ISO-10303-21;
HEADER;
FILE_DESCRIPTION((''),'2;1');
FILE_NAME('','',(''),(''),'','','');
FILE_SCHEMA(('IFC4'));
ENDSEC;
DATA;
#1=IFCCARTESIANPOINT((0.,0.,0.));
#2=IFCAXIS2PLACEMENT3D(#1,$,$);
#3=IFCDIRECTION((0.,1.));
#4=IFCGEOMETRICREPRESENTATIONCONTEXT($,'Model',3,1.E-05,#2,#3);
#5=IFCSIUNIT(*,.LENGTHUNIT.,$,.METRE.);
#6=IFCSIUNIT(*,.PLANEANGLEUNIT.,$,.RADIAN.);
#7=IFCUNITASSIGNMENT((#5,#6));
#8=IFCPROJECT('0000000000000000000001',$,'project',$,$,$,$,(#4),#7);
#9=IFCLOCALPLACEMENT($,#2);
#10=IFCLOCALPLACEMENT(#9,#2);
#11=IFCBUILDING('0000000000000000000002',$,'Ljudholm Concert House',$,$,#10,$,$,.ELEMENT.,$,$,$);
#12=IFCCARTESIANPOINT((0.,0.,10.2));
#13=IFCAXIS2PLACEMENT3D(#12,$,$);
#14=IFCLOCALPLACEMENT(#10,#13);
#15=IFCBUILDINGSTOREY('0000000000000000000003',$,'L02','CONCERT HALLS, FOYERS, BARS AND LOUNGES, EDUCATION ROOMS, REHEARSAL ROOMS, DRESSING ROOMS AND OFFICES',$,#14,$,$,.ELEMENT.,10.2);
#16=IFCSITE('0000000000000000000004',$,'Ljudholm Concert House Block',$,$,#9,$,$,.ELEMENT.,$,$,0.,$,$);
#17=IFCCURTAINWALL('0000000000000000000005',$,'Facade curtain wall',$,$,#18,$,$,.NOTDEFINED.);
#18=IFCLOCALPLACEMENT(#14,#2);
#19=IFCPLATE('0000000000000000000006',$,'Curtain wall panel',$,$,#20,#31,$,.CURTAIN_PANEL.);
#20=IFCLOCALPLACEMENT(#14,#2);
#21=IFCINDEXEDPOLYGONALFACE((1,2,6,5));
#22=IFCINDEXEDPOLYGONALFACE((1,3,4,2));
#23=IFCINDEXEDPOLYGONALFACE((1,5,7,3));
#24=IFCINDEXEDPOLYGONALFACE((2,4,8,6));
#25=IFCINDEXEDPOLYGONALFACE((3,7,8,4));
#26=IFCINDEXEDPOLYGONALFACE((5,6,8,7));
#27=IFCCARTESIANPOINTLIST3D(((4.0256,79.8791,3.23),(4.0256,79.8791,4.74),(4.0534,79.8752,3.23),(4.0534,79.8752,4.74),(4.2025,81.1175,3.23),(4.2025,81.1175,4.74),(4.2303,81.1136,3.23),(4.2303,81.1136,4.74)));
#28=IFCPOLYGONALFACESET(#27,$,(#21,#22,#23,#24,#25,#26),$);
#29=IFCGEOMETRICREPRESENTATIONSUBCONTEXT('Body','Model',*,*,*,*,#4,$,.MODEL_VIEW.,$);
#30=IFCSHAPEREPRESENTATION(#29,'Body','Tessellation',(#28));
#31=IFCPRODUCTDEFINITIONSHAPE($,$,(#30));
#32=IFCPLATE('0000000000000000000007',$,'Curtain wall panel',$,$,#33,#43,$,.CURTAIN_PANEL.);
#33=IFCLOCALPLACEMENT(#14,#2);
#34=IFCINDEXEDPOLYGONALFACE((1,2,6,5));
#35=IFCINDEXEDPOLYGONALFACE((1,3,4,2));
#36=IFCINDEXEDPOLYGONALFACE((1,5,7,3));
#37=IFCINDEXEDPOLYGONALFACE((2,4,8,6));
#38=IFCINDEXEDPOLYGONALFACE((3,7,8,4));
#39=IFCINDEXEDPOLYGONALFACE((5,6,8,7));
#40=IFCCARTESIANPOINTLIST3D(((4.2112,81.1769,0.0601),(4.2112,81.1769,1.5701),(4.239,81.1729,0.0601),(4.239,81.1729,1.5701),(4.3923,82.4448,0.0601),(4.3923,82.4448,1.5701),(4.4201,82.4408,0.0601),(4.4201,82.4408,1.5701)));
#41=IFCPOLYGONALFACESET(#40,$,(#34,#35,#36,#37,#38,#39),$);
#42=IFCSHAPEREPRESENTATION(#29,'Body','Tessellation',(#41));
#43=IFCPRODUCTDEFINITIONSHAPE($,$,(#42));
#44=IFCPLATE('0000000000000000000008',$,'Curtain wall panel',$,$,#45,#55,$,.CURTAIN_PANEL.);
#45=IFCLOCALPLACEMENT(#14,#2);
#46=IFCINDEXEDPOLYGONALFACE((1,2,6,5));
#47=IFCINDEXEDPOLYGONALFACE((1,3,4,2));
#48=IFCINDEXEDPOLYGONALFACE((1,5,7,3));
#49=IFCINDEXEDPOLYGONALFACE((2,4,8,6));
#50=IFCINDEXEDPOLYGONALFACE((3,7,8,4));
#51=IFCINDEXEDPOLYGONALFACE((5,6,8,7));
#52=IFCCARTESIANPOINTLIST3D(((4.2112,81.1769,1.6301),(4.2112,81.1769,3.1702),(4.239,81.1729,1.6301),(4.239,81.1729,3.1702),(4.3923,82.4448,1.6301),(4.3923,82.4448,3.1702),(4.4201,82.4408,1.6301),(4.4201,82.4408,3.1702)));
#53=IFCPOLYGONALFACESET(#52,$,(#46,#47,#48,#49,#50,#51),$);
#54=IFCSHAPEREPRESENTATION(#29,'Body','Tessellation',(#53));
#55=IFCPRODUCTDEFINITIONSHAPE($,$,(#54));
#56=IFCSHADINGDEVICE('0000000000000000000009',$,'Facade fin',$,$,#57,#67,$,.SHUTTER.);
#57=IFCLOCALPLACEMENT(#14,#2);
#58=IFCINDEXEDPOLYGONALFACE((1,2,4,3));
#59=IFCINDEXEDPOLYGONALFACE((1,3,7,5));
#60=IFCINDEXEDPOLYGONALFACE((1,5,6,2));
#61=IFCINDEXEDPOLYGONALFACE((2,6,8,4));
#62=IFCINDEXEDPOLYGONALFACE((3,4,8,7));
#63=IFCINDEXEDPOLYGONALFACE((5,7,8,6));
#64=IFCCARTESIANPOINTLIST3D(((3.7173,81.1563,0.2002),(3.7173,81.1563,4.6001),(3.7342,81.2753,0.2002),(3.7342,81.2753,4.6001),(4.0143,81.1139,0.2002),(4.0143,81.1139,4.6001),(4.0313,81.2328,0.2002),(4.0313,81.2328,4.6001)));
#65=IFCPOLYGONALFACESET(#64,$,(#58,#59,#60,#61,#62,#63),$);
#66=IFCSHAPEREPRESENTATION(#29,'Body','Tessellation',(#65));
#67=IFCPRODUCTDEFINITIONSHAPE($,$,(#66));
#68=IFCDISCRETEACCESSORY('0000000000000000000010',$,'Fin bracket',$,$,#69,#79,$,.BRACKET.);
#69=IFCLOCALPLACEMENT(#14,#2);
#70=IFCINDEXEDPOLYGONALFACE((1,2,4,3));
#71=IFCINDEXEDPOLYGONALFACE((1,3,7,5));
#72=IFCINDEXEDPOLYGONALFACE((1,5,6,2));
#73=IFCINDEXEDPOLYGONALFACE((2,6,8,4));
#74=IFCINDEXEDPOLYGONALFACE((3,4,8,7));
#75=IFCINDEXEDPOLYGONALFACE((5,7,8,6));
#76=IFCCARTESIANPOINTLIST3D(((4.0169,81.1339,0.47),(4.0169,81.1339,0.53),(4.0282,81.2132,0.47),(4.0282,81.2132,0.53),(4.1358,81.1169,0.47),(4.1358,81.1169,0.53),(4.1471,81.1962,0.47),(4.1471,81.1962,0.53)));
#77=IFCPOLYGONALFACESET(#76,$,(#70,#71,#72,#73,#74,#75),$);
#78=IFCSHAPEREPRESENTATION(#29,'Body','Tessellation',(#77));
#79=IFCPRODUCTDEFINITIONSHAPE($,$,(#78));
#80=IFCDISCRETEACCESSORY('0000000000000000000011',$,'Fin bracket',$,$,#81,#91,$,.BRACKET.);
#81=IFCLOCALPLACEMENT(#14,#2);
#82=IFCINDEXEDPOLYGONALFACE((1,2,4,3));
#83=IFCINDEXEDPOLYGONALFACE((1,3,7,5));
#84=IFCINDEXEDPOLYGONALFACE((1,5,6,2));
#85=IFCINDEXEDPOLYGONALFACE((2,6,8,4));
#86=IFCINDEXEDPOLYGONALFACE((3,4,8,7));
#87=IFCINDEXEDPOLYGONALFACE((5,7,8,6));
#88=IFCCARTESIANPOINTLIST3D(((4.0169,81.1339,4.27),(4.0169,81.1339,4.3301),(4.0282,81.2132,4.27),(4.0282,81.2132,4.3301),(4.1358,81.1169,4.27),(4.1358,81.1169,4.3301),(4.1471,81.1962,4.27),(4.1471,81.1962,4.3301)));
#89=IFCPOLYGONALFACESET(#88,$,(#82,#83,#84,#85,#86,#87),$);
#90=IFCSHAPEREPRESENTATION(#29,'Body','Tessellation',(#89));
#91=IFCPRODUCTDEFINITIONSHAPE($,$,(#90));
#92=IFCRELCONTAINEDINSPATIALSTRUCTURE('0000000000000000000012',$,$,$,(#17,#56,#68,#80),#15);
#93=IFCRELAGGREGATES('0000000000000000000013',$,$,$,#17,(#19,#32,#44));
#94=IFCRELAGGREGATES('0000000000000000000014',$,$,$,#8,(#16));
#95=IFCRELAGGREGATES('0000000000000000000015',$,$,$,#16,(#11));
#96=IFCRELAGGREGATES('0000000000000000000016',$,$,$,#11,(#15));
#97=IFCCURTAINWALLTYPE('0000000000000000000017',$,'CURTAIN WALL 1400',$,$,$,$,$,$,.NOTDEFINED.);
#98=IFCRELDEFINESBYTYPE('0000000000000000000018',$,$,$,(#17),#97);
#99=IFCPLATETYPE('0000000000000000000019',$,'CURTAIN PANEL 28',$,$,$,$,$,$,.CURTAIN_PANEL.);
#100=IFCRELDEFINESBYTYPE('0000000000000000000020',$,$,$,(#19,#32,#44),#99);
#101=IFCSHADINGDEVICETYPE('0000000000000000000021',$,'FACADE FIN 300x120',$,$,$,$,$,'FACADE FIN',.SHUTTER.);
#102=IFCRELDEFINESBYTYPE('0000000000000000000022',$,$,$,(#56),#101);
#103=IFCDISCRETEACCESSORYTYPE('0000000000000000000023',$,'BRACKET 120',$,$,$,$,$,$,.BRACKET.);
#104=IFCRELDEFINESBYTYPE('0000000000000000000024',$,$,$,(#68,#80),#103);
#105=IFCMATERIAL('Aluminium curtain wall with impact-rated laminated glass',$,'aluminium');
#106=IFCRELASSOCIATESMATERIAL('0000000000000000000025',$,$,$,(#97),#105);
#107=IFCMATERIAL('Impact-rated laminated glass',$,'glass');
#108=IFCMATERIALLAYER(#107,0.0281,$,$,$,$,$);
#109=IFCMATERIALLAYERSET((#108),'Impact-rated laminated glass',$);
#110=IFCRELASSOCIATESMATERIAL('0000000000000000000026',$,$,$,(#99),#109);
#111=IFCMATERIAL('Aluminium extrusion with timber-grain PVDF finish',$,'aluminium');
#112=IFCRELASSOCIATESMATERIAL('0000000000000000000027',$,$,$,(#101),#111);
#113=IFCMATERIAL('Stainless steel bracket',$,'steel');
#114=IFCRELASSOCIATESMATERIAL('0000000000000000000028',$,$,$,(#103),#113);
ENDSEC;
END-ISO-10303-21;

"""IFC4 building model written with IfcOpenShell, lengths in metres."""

from ifc_helpers import new_model, si_unit, direction, frame, origin, origin_2d, place, context, subcontext, project, spatial, rectangle, extrude, material, layer, layer_set, type_object, element, aggregate, save


model = new_model("IFC4")

# Units and contexts
model_context = context("Model", 3, precision=1e-05, world=origin(), true_north=direction((0.0, 1.0)))
body_context = subcontext(model_context, "Body", "Model", "MODEL_VIEW")
ifc_project = project(units=[si_unit("LENGTHUNIT", "METRE"), si_unit("PLANEANGLEUNIT", "RADIAN")], contexts=[model_context])

# Site, building, storey
site_placement = place(None, origin())
site = spatial("IfcSite", under=ifc_project, at=site_placement, Name="Ljudholm Concert House Block", CompositionType="ELEMENT", RefElevation=0.0)
building_placement = place(site_placement, origin())
building = spatial("IfcBuilding", under=site, at=building_placement, Name="Ljudholm Concert House", CompositionType="ELEMENT")
storey_placement = place(building_placement, frame((0.0, 0.0, 10.2)))
storey = spatial("IfcBuildingStorey", under=building, at=storey_placement, Name="L02", Description="CONCERT HALLS, FOYERS, BARS AND LOUNGES, EDUCATION ROOMS, REHEARSAL ROOMS, DRESSING ROOMS AND OFFICES", CompositionType="ELEMENT", Elevation=10.2)

# Shared definitions
ifc_material_1 = material(Name="Aluminium curtain wall with impact-rated laminated glass", Category="aluminium")
curtain_wall_type = type_object("IfcCurtainWallType", Name="CURTAIN WALL 1400", PredefinedType="NOTDEFINED", material=ifc_material_1)

# Curtain wall
curtain_wall_1_placement = place(storey_placement, origin())
curtain_wall_1 = element("IfcCurtainWall", 1, at=curtain_wall_1_placement, inside=storey, type_object=curtain_wall_type, Name="Facade curtain wall", PredefinedType="NOTDEFINED")

# Plates
ifc_material_2 = material(Name="Impact-rated laminated glass", Category="glass")
ifc_layer = layer(ifc_material_2, 0.0281)
ifc_layer_set = layer_set([ifc_layer], Name="Impact-rated laminated glass")
plate_type = type_object("IfcPlateType", Name="CURTAIN PANEL 28", PredefinedType="CURTAIN_PANEL", material=ifc_layer_set)
plate_1_placement = place(storey_placement, frame((4.1279, 80.4963, 3.23), z_axis=(0.0, 0.0, 1.0), x_axis=(0.141421, 0.989949, 0.0)))
plate_1 = element("IfcPlate", 2, at=plate_1_placement, type_object=plate_type, Name="Curtain wall panel", PredefinedType="CURTAIN_PANEL", context=body_context, shape_type="SweptSolid", body=[
    extrude(rectangle(XDim=1.251, YDim=0.0281, at=origin_2d()), origin(), (0.0, 0.0, 1.0), 1.51),
])
plate_2_placement = place(storey_placement, frame((4.3157, 81.8088, 0.0601), z_axis=(0.0, 0.0, 1.0), x_axis=(0.141421, 0.989949, 0.0)))
plate_2 = element("IfcPlate", 3, at=plate_2_placement, type_object=plate_type, Name="Curtain wall panel", PredefinedType="CURTAIN_PANEL", context=body_context, shape_type="SweptSolid", body=[
    extrude(rectangle(XDim=1.2808, YDim=0.0281, at=origin_2d()), origin(), (0.0, 0.0, 1.0), 1.51),
])
plate_3_placement = place(storey_placement, frame((4.3157, 81.8088, 1.6301), z_axis=(0.0, 0.0, 1.0), x_axis=(0.141421, 0.989949, 0.0)))
plate_3 = element("IfcPlate", 4, at=plate_3_placement, type_object=plate_type, Name="Curtain wall panel", PredefinedType="CURTAIN_PANEL", context=body_context, shape_type="SweptSolid", body=[
    extrude(rectangle(XDim=1.2808, YDim=0.0281, at=origin_2d()), origin(), (0.0, 0.0, 1.0), 1.54),
])
aggregate(curtain_wall_1, [plate_1, plate_2, plate_3])

# Shading device
ifc_material_3 = material(Name="Aluminium extrusion with timber-grain PVDF finish", Category="aluminium")
shading_device_type = type_object("IfcShadingDeviceType", Name="FACADE FIN 300x120", ElementType="FACADE FIN", PredefinedType="SHUTTER", material=ifc_material_3)
shading_device_placement = place(storey_placement, frame((3.8743, 81.1946, 0.2002), z_axis=(0.0, 0.0, 1.0), x_axis=(-0.989949, 0.141421, 0.0)))
element("IfcShadingDevice", 5, at=shading_device_placement, inside=storey, type_object=shading_device_type, Name="Facade fin", PredefinedType="SHUTTER", context=body_context, shape_type="SweptSolid", body=[
    extrude(rectangle(XDim=0.3, YDim=0.1201, at=origin_2d()), origin(), (0.0, 0.0, 1.0), 4.3999),
])

# Discrete accessories
ifc_material_4 = material(Name="Stainless steel bracket", Category="steel")
discrete_accessory_type = type_object("IfcDiscreteAccessoryType", Name="BRACKET 120", PredefinedType="BRACKET", material=ifc_material_4)
for number, where, z_axis, x_axis, name in (
    (6, (4.082, 81.165, 0.47), (0.0, 0.0, 1.0), (-0.989949, 0.141421, 0.0), "Fin bracket"),
    (7, (4.082, 81.165, 4.27), (0.0, 0.0, 1.0), (-0.989949, 0.141421, 0.0), "Fin bracket"),
):
    element("IfcDiscreteAccessory", number, at=place(storey_placement, frame(where, z_axis=z_axis, x_axis=x_axis)), inside=storey, type_object=discrete_accessory_type, Name=name, PredefinedType="BRACKET", context=body_context, shape_type="SweptSolid", body=[
        extrude(rectangle(XDim=0.1201, YDim=0.0801, at=origin_2d()), origin(), (0.0, 0.0, 1.0), 0.0601),
    ])

save(model, "model.ifc")
